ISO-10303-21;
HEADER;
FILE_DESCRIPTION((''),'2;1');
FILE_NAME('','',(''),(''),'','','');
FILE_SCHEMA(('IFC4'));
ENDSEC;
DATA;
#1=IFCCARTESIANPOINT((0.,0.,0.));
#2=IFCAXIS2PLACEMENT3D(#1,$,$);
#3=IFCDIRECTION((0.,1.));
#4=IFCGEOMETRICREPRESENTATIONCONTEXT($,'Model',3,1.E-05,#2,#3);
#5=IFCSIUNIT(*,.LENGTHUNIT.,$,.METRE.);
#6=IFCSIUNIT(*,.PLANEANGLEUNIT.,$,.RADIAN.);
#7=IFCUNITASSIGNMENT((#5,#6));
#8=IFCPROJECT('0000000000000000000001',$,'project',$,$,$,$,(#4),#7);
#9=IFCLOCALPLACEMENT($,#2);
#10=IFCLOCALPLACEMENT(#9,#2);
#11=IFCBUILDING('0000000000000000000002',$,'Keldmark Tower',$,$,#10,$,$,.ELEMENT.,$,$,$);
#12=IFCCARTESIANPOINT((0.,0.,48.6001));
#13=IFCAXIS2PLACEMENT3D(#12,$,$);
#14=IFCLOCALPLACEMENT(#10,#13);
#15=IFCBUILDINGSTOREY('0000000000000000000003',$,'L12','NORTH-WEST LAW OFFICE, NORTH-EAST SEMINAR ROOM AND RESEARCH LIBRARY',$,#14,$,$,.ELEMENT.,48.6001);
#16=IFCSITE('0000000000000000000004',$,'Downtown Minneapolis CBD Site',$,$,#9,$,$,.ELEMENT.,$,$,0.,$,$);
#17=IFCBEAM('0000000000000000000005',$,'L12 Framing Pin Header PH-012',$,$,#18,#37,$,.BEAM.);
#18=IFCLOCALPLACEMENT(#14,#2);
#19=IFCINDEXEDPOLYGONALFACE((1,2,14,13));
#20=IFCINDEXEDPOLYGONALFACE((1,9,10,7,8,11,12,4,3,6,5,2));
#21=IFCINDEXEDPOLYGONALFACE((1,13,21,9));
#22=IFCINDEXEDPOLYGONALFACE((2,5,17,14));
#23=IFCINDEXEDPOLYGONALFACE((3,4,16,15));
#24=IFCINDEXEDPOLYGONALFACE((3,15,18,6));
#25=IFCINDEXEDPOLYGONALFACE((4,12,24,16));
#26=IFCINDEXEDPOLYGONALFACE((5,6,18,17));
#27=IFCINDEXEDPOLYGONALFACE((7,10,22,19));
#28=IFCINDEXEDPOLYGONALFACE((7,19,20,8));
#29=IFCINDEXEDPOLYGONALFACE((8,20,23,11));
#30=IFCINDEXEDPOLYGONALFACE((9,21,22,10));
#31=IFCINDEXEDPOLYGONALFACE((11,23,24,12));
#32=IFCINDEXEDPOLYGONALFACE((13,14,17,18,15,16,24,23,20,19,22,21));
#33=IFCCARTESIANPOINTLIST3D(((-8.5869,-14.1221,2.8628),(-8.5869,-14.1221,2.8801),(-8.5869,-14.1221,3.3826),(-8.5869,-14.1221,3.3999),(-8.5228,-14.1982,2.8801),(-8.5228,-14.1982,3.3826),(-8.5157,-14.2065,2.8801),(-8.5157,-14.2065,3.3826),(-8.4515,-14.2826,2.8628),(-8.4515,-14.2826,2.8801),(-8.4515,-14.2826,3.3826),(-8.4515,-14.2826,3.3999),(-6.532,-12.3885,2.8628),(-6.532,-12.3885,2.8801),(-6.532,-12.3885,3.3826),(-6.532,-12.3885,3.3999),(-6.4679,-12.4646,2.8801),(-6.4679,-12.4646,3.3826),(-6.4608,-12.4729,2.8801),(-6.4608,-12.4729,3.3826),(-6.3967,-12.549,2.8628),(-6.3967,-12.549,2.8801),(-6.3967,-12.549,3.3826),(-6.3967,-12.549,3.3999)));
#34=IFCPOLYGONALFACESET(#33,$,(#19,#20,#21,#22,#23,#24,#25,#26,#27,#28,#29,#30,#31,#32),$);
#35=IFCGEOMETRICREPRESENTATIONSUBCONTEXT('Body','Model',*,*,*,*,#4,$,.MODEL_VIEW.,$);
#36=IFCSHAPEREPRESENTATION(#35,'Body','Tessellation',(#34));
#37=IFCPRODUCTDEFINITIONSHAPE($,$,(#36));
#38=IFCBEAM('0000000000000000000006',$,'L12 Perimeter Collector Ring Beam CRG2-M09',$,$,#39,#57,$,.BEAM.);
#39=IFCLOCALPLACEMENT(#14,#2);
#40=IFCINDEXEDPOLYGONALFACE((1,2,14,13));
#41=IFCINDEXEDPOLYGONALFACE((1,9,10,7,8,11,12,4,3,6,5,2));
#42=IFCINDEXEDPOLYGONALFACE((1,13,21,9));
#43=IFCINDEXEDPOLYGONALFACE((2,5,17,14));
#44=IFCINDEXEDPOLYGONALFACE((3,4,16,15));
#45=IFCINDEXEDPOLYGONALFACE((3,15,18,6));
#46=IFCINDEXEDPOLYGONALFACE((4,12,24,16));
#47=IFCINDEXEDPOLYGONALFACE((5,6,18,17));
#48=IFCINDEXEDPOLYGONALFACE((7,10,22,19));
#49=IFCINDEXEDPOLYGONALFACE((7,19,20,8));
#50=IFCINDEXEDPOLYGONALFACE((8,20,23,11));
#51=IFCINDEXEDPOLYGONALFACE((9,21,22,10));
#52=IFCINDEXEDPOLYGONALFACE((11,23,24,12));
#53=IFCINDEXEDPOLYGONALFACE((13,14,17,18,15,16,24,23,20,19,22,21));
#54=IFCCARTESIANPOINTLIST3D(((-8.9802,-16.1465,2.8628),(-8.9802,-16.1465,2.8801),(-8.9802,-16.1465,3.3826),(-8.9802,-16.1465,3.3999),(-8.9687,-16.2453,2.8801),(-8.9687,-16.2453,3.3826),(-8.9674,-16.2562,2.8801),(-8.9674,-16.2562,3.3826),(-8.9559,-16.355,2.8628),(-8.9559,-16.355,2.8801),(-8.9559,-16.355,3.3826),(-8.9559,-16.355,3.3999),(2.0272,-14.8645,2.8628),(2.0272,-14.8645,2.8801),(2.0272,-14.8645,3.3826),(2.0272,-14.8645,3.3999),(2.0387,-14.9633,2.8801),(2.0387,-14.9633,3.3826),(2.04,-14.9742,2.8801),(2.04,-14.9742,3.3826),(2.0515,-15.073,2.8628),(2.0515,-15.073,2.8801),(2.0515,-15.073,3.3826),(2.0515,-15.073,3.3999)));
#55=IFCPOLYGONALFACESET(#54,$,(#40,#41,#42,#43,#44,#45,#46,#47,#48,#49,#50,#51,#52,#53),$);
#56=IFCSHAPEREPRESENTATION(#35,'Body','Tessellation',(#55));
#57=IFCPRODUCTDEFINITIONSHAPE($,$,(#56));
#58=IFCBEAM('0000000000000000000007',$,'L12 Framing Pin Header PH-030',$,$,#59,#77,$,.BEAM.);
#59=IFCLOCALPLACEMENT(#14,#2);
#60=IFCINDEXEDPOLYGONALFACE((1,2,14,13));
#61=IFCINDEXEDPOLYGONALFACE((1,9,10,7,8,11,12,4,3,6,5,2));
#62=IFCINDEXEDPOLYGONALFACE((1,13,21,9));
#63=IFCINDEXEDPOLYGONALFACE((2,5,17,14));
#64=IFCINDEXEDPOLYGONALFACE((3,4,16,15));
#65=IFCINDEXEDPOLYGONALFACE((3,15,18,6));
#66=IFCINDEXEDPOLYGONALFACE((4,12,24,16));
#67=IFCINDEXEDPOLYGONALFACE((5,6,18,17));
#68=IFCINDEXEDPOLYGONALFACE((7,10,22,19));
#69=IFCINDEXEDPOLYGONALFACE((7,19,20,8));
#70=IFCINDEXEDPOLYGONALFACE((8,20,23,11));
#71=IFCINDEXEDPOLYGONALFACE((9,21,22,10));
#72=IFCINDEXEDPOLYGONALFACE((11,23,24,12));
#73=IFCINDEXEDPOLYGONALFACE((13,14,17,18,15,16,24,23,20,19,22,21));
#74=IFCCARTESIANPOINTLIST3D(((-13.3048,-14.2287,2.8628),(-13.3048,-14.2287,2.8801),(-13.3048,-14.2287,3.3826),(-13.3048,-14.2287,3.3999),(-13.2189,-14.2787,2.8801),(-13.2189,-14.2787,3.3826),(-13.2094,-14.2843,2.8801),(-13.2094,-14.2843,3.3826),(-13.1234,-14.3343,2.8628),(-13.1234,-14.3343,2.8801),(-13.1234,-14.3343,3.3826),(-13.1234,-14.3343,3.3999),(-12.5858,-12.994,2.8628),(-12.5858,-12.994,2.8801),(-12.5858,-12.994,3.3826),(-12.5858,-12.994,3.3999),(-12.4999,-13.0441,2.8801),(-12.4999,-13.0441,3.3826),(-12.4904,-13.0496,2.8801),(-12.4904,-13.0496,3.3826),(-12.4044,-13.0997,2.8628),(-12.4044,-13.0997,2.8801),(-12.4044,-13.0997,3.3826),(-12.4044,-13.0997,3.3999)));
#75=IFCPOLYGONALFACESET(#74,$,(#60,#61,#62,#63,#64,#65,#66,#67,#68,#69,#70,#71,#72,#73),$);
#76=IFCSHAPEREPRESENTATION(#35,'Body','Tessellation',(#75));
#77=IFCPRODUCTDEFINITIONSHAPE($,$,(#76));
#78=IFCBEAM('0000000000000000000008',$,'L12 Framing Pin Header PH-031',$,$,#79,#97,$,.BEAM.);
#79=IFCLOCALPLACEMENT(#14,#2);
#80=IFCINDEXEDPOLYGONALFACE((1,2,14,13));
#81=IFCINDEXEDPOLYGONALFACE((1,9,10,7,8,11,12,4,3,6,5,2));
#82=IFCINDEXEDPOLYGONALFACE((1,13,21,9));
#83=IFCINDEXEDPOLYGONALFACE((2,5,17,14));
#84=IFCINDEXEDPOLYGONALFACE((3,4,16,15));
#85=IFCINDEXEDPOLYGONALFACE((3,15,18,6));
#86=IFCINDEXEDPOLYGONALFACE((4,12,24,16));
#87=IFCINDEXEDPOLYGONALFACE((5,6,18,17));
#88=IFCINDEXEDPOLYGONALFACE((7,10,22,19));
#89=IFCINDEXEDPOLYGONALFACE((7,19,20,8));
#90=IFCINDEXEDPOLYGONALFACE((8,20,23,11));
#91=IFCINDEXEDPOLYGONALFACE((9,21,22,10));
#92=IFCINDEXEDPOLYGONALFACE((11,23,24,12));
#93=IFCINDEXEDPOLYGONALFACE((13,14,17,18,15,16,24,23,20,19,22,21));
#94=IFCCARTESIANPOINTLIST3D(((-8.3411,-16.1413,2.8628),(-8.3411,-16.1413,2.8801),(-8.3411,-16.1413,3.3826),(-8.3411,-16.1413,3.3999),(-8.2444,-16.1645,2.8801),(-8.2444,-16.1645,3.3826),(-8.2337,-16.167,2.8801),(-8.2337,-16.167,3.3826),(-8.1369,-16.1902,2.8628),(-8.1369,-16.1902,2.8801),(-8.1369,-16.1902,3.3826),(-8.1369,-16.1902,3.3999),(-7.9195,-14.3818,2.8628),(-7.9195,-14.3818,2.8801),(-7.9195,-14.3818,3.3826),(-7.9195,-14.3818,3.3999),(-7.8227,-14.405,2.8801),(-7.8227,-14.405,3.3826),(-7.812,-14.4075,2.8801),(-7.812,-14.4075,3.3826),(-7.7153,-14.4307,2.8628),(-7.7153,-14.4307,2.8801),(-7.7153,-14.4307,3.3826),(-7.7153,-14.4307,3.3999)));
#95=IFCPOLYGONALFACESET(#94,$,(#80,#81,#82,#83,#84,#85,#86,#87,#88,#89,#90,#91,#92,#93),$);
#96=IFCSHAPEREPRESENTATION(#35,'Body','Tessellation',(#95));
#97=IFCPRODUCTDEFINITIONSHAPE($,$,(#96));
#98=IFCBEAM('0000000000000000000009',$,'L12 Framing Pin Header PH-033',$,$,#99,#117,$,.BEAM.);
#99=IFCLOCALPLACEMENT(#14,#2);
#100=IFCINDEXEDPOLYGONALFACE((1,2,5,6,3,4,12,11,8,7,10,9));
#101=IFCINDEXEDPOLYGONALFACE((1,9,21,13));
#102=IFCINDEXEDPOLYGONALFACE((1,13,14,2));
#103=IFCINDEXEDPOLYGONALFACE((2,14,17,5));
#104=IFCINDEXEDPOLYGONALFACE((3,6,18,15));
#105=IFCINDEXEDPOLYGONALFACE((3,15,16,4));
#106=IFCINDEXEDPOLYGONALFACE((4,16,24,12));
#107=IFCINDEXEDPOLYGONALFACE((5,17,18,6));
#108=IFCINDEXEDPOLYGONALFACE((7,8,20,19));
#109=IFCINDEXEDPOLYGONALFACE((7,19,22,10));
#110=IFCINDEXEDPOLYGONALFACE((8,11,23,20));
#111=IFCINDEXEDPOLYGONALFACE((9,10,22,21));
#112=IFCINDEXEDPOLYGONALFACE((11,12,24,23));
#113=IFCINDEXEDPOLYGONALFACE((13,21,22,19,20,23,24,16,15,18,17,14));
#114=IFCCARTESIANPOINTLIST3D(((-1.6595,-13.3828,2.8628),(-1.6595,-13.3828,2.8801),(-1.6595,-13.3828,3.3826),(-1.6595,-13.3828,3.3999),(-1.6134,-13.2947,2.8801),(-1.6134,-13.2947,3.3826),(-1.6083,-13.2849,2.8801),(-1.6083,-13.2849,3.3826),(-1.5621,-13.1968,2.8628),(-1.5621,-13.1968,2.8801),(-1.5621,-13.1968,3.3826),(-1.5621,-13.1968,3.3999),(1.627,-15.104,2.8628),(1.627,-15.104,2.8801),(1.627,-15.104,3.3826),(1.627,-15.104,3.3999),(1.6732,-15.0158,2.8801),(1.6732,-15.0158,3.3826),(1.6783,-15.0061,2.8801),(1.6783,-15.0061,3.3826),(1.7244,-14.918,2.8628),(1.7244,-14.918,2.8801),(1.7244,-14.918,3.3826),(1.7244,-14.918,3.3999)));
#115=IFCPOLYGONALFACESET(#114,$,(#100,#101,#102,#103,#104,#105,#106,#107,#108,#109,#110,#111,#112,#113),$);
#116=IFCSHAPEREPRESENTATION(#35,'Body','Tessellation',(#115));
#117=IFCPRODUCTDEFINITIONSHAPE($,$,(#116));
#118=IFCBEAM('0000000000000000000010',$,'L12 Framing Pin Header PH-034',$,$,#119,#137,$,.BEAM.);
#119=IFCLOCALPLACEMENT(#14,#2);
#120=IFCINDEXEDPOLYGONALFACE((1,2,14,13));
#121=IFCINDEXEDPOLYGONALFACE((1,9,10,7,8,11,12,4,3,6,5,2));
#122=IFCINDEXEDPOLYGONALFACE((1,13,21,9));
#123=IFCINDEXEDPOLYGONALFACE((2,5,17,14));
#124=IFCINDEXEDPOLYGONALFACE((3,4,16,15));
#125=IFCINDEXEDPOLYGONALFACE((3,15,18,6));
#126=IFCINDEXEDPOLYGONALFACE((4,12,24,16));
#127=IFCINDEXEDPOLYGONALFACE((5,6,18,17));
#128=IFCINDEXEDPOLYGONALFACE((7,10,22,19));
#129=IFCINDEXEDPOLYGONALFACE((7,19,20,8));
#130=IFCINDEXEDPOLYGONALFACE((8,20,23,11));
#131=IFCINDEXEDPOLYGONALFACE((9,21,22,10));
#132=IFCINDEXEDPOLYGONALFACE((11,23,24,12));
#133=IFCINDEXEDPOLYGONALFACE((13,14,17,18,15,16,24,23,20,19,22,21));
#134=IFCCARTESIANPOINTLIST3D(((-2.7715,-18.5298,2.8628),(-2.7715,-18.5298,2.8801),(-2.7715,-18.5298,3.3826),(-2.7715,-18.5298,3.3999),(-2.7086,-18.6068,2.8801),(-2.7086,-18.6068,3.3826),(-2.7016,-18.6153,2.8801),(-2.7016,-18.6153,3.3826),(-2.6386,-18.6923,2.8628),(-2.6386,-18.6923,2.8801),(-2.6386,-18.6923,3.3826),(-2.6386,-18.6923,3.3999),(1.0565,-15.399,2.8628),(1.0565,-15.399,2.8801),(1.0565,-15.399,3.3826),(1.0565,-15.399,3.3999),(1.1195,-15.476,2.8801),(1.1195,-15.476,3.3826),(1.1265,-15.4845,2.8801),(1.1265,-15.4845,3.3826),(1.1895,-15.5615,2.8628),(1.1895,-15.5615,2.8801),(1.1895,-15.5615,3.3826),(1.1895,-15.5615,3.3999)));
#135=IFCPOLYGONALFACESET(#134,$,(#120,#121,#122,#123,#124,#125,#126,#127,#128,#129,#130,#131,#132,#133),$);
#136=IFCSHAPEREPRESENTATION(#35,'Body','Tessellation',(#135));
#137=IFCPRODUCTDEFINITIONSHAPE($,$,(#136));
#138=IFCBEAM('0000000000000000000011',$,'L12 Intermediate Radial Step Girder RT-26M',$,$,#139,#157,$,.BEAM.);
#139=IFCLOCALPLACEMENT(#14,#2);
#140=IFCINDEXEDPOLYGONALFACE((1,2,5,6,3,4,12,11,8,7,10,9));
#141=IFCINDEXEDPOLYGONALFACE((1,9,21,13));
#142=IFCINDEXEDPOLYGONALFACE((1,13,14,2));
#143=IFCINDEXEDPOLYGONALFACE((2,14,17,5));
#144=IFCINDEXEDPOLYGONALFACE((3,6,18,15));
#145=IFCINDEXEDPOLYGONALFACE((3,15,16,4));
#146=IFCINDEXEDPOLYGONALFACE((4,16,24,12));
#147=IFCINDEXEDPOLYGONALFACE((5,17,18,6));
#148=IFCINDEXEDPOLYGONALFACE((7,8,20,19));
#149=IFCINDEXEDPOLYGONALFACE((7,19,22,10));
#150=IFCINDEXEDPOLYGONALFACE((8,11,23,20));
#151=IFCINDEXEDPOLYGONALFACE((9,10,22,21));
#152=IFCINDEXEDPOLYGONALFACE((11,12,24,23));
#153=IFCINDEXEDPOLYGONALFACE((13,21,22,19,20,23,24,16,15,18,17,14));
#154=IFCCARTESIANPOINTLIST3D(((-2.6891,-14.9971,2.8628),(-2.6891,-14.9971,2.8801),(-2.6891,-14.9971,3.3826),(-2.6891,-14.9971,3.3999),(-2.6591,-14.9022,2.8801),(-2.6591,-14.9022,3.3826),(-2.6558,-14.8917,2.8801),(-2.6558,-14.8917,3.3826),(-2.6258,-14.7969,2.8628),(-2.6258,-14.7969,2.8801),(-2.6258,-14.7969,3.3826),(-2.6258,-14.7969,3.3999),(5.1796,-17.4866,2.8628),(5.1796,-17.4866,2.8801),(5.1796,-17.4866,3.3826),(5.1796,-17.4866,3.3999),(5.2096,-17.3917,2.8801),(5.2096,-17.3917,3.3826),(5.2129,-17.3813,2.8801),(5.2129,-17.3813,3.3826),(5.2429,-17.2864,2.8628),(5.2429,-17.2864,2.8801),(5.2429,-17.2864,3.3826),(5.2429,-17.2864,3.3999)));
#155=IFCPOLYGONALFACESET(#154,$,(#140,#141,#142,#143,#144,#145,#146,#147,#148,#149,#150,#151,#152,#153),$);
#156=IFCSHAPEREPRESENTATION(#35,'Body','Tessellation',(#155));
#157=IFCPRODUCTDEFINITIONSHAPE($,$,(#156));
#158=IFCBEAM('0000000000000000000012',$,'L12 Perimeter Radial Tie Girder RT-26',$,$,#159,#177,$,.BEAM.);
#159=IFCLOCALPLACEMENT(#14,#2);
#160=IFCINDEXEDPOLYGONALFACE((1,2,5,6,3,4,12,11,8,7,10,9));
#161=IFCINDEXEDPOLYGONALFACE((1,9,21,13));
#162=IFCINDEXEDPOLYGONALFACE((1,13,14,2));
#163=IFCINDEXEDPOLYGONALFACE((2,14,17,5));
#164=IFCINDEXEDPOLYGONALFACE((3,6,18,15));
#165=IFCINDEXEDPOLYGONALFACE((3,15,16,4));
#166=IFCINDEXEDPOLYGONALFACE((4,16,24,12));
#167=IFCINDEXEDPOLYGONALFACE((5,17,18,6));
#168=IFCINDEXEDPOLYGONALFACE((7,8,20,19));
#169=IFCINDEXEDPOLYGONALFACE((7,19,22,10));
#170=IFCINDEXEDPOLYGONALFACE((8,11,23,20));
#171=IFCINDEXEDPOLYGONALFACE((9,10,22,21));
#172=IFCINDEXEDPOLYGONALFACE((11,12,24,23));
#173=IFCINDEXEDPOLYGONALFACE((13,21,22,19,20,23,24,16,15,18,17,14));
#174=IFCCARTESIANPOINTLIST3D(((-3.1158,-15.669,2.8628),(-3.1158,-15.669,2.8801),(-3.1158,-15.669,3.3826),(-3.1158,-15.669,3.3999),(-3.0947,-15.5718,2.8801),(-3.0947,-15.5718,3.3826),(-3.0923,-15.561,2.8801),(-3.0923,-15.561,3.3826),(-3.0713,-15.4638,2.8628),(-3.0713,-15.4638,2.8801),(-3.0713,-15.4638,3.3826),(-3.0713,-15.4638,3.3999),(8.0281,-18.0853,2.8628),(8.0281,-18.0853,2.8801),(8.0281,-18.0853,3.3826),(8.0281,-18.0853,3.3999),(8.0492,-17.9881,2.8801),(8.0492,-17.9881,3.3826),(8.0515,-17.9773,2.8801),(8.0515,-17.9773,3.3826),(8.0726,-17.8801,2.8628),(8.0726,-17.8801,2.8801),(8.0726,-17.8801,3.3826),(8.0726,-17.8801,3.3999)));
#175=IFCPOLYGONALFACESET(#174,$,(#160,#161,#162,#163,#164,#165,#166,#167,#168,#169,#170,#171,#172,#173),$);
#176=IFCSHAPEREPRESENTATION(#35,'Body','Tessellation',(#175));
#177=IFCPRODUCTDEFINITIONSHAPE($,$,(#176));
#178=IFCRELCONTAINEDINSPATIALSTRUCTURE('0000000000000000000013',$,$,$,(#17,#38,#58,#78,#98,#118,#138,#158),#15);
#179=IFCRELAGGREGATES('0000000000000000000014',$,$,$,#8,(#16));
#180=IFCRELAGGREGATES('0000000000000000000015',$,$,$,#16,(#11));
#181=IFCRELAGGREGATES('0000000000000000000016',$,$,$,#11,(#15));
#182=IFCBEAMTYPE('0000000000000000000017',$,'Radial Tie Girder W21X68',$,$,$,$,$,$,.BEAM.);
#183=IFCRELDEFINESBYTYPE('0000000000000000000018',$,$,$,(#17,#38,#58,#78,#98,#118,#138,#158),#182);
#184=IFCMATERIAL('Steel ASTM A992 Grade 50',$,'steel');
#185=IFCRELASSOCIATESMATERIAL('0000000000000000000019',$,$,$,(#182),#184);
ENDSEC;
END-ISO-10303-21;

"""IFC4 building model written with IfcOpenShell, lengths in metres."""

from ifc_helpers import new_model, si_unit, direction, frame, origin, origin_2d, place, context, subcontext, project, spatial, i_section, extrude, material, material_profile, profile_set, type_object, element, save


model = new_model("IFC4")

# Units and contexts
model_context = context("Model", 3, precision=1e-05, world=origin(), true_north=direction((0.0, 1.0)))
body_context = subcontext(model_context, "Body", "Model", "MODEL_VIEW")
ifc_project = project(units=[si_unit("LENGTHUNIT", "METRE"), si_unit("PLANEANGLEUNIT", "RADIAN")], contexts=[model_context])

# Site, building, storey
site_placement = place(None, origin())
site = spatial("IfcSite", under=ifc_project, at=site_placement, Name="Downtown Minneapolis CBD Site", CompositionType="ELEMENT", RefElevation=0.0)
building_placement = place(site_placement, origin())
building = spatial("IfcBuilding", under=site, at=building_placement, Name="Keldmark Tower", CompositionType="ELEMENT")
storey_placement = place(building_placement, frame((0.0, 0.0, 48.6001)))
storey = spatial("IfcBuildingStorey", under=building, at=storey_placement, Name="L12", Description="NORTH-WEST LAW OFFICE, NORTH-EAST SEMINAR ROOM AND RESEARCH LIBRARY", CompositionType="ELEMENT", Elevation=48.6001)

# Beams
ifc_material_1 = material(Name="Steel ASTM A992 Grade 50", Category="steel")
ifc_material_profile_1 = material_profile(ifc_material_1, i_section(OverallWidth=0.21, OverallDepth=0.5371, WebThickness=0.011, FlangeThickness=0.0173, at=origin_2d()), Name="W21X68")
ifc_profile_set_1 = profile_set([ifc_material_profile_1], Name="Steel ASTM A992 Grade 50")
beam_type_1 = type_object("IfcBeamType", Name="Radial Tie Girder W21X68", PredefinedType="BEAM", material=ifc_profile_set_1)
beam_1_placement = place(storey_placement, frame((-6.4644, -12.4688, 3.1313), z_axis=(-0.764329, -0.644826, 0.0), x_axis=(0.644826, -0.764329, 0.0)))
element("IfcBeam", 1, at=beam_1_placement, inside=storey, type_object=beam_type_1, Name="L12 Framing Pin Header PH-012", PredefinedType="BEAM", context=body_context, shape_type="SweptSolid", body=[
    extrude(i_section(OverallWidth=0.21, OverallDepth=0.5371, WebThickness=0.011, FlangeThickness=0.0173, at=origin_2d()), origin(), (0.0, 0.0, 1.0), 2.6885),
])
beam_2_placement = place(storey_placement, frame((-8.968, -16.2507, 3.1313), z_axis=(0.993286, 0.115684, 0.0), x_axis=(-0.115684, 0.993286, 0.0)))
element("IfcBeam", 2, at=beam_2_placement, inside=storey, type_object=beam_type_1, Name="L12 Perimeter Collector Ring Beam CRG2-M09", PredefinedType="BEAM", context=body_context, shape_type="SweptSolid", body=[
    extrude(i_section(OverallWidth=0.21, OverallDepth=0.5371, WebThickness=0.011, FlangeThickness=0.0173, at=origin_2d()), origin(), (0.0, 0.0, 1.0), 11.0818),
])
beam_3_placement = place(storey_placement, frame((-12.4951, -13.0469, 3.1313), z_axis=(-0.503244, -0.864144, 0.0), x_axis=(0.864144, -0.503244, 0.0)))
element("IfcBeam", 3, at=beam_3_placement, inside=storey, type_object=beam_type_1, Name="L12 Framing Pin Header PH-030", PredefinedType="BEAM", context=body_context, shape_type="SweptSolid", body=[
    extrude(i_section(OverallWidth=0.21, OverallDepth=0.5371, WebThickness=0.011, FlangeThickness=0.0173, at=origin_2d()), origin(), (0.0, 0.0, 1.0), 1.4287),
])
beam_4_placement = place(storey_placement, frame((-7.8174, -14.4062, 3.1313), z_axis=(-0.233031, -0.972469, 0.0), x_axis=(0.972469, -0.233031, 0.0)))
element("IfcBeam", 4, at=beam_4_placement, inside=storey, type_object=beam_type_1, Name="L12 Framing Pin Header PH-031", PredefinedType="BEAM", context=body_context, shape_type="SweptSolid", body=[
    extrude(i_section(OverallWidth=0.21, OverallDepth=0.5371, WebThickness=0.011, FlangeThickness=0.0173, at=origin_2d()), origin(), (0.0, 0.0, 1.0), 1.8093),
])
beam_5_placement = place(storey_placement, frame((-1.6108, -13.2898, 3.1313), z_axis=(0.885873, -0.463928, 0.0), x_axis=(0.463928, 0.885873, 0.0)))
element("IfcBeam", 5, at=beam_5_placement, inside=storey, type_object=beam_type_1, Name="L12 Framing Pin Header PH-033", PredefinedType="BEAM", context=body_context, shape_type="SweptSolid", body=[
    extrude(i_section(OverallWidth=0.21, OverallDepth=0.5371, WebThickness=0.011, FlangeThickness=0.0173, at=origin_2d()), origin(), (0.0, 0.0, 1.0), 3.71),
])
beam_6_placement = place(storey_placement, frame((-2.7051, -18.6111, 3.1313), z_axis=(0.77408, 0.633087, 0.0), x_axis=(-0.633087, 0.77408, 0.0)))
element("IfcBeam", 6, at=beam_6_placement, inside=storey, type_object=beam_type_1, Name="L12 Framing Pin Header PH-034", PredefinedType="BEAM", context=body_context, shape_type="SweptSolid", body=[
    extrude(i_section(OverallWidth=0.21, OverallDepth=0.5371, WebThickness=0.011, FlangeThickness=0.0173, at=origin_2d()), origin(), (0.0, 0.0, 1.0), 4.9453),
])
beam_7_placement = place(storey_placement, frame((-2.6575, -14.897, 3.1313), z_axis=(0.95342, -0.301645, 0.0), x_axis=(0.301645, 0.95342, 0.0)))
element("IfcBeam", 7, at=beam_7_placement, inside=storey, type_object=beam_type_1, Name="L12 Intermediate Radial Step Girder RT-26M", PredefinedType="BEAM", context=body_context, shape_type="SweptSolid", body=[
    extrude(i_section(OverallWidth=0.21, OverallDepth=0.5371, WebThickness=0.011, FlangeThickness=0.0173, at=origin_2d()), origin(), (0.0, 0.0, 1.0), 8.2532),
])
beam_8_placement = place(storey_placement, frame((-3.0935, -15.5664, 3.1313), z_axis=(0.977291, -0.211902, 0.0), x_axis=(0.211902, 0.977291, 0.0)))
element("IfcBeam", 8, at=beam_8_placement, inside=storey, type_object=beam_type_1, Name="L12 Perimeter Radial Tie Girder RT-26", PredefinedType="BEAM", context=body_context, shape_type="SweptSolid", body=[
    extrude(i_section(OverallWidth=0.21, OverallDepth=0.5371, WebThickness=0.011, FlangeThickness=0.0173, at=origin_2d()), origin(), (0.0, 0.0, 1.0), 11.4028),
])

save(model, "model.ifc")
